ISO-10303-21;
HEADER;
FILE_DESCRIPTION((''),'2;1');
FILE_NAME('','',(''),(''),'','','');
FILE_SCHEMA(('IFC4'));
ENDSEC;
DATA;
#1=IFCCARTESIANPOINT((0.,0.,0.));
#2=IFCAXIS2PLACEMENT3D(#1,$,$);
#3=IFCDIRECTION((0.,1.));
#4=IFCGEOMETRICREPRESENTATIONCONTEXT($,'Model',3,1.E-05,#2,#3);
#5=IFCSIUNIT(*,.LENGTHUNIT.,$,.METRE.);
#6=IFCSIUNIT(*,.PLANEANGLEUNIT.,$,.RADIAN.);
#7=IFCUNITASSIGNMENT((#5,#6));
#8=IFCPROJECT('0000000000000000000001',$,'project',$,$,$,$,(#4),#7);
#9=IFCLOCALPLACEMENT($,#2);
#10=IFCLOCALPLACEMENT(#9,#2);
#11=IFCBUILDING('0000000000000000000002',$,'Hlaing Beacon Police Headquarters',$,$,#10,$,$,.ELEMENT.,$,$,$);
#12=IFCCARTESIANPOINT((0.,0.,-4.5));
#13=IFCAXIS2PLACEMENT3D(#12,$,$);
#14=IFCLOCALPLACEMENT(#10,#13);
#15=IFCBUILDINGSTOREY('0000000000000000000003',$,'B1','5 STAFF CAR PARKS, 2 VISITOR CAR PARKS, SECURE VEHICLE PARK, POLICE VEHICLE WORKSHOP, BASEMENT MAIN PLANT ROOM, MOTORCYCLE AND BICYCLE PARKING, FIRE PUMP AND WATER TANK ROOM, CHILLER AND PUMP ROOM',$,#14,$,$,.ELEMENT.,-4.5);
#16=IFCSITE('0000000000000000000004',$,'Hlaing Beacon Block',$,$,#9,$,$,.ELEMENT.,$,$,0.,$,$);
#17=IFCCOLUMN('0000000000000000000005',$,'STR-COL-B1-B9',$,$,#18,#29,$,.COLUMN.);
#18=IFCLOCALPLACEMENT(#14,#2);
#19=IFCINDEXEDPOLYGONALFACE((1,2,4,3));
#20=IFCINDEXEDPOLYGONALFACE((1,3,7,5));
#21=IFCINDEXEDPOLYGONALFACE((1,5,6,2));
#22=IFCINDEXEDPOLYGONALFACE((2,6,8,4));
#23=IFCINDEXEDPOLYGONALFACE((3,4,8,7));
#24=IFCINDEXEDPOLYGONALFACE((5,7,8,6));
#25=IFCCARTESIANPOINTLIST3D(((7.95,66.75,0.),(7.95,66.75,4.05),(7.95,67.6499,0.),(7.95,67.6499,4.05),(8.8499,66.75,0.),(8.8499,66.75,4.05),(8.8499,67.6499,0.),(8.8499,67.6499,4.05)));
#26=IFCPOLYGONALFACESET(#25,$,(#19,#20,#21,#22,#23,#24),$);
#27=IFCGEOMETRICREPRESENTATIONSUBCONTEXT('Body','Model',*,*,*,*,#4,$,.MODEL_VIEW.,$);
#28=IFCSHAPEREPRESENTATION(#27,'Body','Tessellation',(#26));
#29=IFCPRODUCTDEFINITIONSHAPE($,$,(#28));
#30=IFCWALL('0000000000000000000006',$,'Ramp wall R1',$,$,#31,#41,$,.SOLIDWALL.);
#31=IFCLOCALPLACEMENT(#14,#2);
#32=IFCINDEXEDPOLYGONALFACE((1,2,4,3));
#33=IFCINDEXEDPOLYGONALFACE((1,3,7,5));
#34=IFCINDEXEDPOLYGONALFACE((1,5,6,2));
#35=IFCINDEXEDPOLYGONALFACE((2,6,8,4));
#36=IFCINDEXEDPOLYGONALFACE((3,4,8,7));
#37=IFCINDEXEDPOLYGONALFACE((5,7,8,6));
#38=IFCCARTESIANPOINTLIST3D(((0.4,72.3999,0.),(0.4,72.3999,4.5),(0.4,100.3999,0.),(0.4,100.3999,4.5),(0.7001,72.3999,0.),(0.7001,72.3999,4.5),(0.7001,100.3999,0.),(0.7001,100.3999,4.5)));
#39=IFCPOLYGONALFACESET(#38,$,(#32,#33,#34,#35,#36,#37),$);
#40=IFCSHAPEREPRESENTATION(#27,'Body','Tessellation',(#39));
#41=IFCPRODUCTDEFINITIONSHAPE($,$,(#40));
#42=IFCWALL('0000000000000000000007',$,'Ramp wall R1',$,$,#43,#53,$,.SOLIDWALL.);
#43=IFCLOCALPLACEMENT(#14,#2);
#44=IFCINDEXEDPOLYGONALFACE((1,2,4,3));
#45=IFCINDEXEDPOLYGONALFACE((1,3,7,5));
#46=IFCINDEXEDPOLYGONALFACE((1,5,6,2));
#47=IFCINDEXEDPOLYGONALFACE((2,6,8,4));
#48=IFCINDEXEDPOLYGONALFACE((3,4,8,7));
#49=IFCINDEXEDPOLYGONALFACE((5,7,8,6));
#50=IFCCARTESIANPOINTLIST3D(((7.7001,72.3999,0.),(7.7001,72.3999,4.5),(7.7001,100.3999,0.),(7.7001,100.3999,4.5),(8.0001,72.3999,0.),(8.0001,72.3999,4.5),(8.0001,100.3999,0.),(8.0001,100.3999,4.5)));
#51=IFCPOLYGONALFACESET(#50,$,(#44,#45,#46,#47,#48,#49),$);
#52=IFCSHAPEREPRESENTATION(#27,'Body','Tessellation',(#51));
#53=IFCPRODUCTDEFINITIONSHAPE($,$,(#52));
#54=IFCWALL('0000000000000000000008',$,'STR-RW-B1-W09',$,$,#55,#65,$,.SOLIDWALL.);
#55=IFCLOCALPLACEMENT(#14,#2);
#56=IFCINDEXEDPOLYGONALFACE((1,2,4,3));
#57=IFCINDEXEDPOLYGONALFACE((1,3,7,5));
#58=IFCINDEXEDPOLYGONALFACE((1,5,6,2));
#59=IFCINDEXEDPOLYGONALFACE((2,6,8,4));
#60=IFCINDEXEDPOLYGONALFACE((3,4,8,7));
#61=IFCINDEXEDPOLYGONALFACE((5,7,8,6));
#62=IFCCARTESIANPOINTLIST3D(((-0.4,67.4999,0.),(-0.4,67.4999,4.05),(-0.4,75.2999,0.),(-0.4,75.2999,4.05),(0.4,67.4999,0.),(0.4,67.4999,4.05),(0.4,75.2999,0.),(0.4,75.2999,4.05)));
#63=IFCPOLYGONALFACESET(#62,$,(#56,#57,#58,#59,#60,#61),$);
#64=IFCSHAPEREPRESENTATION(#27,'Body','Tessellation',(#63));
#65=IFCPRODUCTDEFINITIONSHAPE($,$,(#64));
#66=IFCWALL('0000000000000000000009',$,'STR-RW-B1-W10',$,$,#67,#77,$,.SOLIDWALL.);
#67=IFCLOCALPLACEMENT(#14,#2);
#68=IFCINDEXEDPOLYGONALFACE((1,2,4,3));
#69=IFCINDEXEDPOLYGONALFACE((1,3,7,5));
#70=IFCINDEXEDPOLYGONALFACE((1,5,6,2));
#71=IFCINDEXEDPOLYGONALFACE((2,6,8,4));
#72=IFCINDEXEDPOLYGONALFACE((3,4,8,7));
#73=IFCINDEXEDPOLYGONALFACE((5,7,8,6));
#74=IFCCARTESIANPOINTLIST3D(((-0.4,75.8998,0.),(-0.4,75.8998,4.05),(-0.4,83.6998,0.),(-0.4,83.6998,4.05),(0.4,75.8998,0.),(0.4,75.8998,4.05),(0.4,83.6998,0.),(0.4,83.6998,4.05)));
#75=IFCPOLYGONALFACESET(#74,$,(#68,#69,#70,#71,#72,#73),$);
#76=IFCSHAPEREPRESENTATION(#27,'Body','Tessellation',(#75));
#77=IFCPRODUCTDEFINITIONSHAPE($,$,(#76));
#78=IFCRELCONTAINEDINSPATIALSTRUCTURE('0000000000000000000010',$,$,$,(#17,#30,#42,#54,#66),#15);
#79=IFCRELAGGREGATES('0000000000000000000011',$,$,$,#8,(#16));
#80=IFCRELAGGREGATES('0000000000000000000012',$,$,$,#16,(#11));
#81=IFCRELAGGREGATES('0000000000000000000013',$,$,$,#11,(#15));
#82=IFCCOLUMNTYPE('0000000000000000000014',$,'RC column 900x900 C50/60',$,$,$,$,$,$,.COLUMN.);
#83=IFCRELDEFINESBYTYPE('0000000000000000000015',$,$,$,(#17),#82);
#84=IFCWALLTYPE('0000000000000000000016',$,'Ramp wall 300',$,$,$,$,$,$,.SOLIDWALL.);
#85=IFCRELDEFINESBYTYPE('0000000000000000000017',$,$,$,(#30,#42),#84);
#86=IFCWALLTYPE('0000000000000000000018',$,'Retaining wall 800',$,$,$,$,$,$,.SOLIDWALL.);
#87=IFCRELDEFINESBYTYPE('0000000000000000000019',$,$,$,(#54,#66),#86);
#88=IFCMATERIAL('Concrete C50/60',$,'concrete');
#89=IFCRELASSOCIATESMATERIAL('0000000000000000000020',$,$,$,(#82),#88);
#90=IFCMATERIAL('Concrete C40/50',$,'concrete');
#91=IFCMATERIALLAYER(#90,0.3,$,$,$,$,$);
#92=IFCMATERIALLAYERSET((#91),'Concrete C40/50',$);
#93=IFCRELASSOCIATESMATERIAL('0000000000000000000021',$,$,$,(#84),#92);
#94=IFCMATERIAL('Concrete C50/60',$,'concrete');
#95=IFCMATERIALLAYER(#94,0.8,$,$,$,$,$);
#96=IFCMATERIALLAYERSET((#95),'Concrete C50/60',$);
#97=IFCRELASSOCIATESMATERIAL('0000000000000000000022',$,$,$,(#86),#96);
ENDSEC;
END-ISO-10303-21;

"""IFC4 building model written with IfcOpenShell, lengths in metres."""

from ifc_helpers import new_model, si_unit, direction, frame, frame_2d, origin, origin_2d, place, context, subcontext, project, spatial, rectangle, extrude, material, layer, layer_set, material_profile, profile_set, type_object, element, save


model = new_model("IFC4")

# Units and contexts
model_context = context("Model", 3, precision=1e-05, world=origin(), true_north=direction((0.0, 1.0)))
body_context = subcontext(model_context, "Body", "Model", "MODEL_VIEW")
ifc_project = project(units=[si_unit("LENGTHUNIT", "METRE"), si_unit("PLANEANGLEUNIT", "RADIAN")], contexts=[model_context])

# Site, building, storey
site_placement = place(None, origin())
site = spatial("IfcSite", under=ifc_project, at=site_placement, Name="Hlaing Beacon Block", CompositionType="ELEMENT", RefElevation=0.0)
building_placement = place(site_placement, origin())
building = spatial("IfcBuilding", under=site, at=building_placement, Name="Hlaing Beacon Police Headquarters", CompositionType="ELEMENT")
storey_placement = place(building_placement, frame((0.0, 0.0, -4.5)))
storey = spatial("IfcBuildingStorey", under=building, at=storey_placement, Name="B1", Description="5 STAFF CAR PARKS, 2 VISITOR CAR PARKS, SECURE VEHICLE PARK, POLICE VEHICLE WORKSHOP, BASEMENT MAIN PLANT ROOM, MOTORCYCLE AND BICYCLE PARKING, FIRE PUMP AND WATER TANK ROOM, CHILLER AND PUMP ROOM", CompositionType="ELEMENT", Elevation=-4.5)

# Column
ifc_material_1 = material(Name="Concrete C50/60", Category="concrete")
ifc_material_profile_1 = material_profile(ifc_material_1, rectangle(XDim=0.8999, YDim=0.8999, at=origin_2d()), Name="900x900")
ifc_profile_set_1 = profile_set([ifc_material_profile_1], Name="Concrete C50/60")
column_type_1 = type_object("IfcColumnType", Name="RC column 900x900 C50/60", PredefinedType="COLUMN", material=ifc_profile_set_1)
column_placement = place(storey_placement, frame((8.3999, 67.2, 0.0), z_axis=(0.0, 0.0, 1.0), x_axis=(1.0, 0.0, 0.0)))
element("IfcColumn", 1, at=column_placement, inside=storey, type_object=column_type_1, Name="STR-COL-B1-B9", PredefinedType="COLUMN", context=body_context, shape_type="SweptSolid", body=[
    extrude(rectangle(XDim=0.8999, YDim=0.8999, at=origin_2d()), origin(), (0.0, 0.0, 1.0), 4.05),
])

# Walls
ifc_material_2 = material(Name="Concrete C40/50", Category="concrete")
ifc_layer_1 = layer(ifc_material_2, 0.3)
ifc_layer_set_1 = layer_set([ifc_layer_1], Name="Concrete C40/50")
wall_type_1 = type_object("IfcWallType", Name="Ramp wall 300", PredefinedType="SOLIDWALL", material=ifc_layer_set_1)
for number, where, z_axis, x_axis, name in (
    (2, (0.55, 72.3999, 0.0), (0.0, 0.0, 1.0), (0.0, 1.0, 0.0), "Ramp wall R1"),
    (3, (7.8501, 72.3999, 0.0), (0.0, 0.0, 1.0), (0.0, 1.0, 0.0), "Ramp wall R1"),
):
    element("IfcWall", number, at=place(storey_placement, frame(where, z_axis=z_axis, x_axis=x_axis)), inside=storey, type_object=wall_type_1, Name=name, PredefinedType="SOLIDWALL", context=body_context, shape_type="SweptSolid", body=[
        extrude(rectangle(XDim=28.0, YDim=0.3, at=frame_2d((14.0, 0.0))), origin(), (0.0, 0.0, 1.0), 4.5),
    ])
ifc_material_3 = material(Name="Concrete C50/60", Category="concrete")
ifc_layer_2 = layer(ifc_material_3, 0.8)
ifc_layer_set_2 = layer_set([ifc_layer_2], Name="Concrete C50/60")
wall_type_2 = type_object("IfcWallType", Name="Retaining wall 800", PredefinedType="SOLIDWALL", material=ifc_layer_set_2)
for number, where, z_axis, x_axis, name in (
    (4, (0.0, 67.5, 0.0), (0.0, 0.0, 1.0), (0.0, 1.0, 0.0), "STR-RW-B1-W09"),
    (5, (0.0, 75.8999, 0.0), (0.0, 0.0, 1.0), (0.0, 1.0, 0.0), "STR-RW-B1-W10"),
):
    element("IfcWall", number, at=place(storey_placement, frame(where, z_axis=z_axis, x_axis=x_axis)), inside=storey, type_object=wall_type_2, Name=name, PredefinedType="SOLIDWALL", context=body_context, shape_type="SweptSolid", body=[
        extrude(rectangle(XDim=7.8, YDim=0.8, at=frame_2d((3.8999, 0.0))), origin(), (0.0, 0.0, 1.0), 4.05),
    ])

save(model, "model.ifc")
